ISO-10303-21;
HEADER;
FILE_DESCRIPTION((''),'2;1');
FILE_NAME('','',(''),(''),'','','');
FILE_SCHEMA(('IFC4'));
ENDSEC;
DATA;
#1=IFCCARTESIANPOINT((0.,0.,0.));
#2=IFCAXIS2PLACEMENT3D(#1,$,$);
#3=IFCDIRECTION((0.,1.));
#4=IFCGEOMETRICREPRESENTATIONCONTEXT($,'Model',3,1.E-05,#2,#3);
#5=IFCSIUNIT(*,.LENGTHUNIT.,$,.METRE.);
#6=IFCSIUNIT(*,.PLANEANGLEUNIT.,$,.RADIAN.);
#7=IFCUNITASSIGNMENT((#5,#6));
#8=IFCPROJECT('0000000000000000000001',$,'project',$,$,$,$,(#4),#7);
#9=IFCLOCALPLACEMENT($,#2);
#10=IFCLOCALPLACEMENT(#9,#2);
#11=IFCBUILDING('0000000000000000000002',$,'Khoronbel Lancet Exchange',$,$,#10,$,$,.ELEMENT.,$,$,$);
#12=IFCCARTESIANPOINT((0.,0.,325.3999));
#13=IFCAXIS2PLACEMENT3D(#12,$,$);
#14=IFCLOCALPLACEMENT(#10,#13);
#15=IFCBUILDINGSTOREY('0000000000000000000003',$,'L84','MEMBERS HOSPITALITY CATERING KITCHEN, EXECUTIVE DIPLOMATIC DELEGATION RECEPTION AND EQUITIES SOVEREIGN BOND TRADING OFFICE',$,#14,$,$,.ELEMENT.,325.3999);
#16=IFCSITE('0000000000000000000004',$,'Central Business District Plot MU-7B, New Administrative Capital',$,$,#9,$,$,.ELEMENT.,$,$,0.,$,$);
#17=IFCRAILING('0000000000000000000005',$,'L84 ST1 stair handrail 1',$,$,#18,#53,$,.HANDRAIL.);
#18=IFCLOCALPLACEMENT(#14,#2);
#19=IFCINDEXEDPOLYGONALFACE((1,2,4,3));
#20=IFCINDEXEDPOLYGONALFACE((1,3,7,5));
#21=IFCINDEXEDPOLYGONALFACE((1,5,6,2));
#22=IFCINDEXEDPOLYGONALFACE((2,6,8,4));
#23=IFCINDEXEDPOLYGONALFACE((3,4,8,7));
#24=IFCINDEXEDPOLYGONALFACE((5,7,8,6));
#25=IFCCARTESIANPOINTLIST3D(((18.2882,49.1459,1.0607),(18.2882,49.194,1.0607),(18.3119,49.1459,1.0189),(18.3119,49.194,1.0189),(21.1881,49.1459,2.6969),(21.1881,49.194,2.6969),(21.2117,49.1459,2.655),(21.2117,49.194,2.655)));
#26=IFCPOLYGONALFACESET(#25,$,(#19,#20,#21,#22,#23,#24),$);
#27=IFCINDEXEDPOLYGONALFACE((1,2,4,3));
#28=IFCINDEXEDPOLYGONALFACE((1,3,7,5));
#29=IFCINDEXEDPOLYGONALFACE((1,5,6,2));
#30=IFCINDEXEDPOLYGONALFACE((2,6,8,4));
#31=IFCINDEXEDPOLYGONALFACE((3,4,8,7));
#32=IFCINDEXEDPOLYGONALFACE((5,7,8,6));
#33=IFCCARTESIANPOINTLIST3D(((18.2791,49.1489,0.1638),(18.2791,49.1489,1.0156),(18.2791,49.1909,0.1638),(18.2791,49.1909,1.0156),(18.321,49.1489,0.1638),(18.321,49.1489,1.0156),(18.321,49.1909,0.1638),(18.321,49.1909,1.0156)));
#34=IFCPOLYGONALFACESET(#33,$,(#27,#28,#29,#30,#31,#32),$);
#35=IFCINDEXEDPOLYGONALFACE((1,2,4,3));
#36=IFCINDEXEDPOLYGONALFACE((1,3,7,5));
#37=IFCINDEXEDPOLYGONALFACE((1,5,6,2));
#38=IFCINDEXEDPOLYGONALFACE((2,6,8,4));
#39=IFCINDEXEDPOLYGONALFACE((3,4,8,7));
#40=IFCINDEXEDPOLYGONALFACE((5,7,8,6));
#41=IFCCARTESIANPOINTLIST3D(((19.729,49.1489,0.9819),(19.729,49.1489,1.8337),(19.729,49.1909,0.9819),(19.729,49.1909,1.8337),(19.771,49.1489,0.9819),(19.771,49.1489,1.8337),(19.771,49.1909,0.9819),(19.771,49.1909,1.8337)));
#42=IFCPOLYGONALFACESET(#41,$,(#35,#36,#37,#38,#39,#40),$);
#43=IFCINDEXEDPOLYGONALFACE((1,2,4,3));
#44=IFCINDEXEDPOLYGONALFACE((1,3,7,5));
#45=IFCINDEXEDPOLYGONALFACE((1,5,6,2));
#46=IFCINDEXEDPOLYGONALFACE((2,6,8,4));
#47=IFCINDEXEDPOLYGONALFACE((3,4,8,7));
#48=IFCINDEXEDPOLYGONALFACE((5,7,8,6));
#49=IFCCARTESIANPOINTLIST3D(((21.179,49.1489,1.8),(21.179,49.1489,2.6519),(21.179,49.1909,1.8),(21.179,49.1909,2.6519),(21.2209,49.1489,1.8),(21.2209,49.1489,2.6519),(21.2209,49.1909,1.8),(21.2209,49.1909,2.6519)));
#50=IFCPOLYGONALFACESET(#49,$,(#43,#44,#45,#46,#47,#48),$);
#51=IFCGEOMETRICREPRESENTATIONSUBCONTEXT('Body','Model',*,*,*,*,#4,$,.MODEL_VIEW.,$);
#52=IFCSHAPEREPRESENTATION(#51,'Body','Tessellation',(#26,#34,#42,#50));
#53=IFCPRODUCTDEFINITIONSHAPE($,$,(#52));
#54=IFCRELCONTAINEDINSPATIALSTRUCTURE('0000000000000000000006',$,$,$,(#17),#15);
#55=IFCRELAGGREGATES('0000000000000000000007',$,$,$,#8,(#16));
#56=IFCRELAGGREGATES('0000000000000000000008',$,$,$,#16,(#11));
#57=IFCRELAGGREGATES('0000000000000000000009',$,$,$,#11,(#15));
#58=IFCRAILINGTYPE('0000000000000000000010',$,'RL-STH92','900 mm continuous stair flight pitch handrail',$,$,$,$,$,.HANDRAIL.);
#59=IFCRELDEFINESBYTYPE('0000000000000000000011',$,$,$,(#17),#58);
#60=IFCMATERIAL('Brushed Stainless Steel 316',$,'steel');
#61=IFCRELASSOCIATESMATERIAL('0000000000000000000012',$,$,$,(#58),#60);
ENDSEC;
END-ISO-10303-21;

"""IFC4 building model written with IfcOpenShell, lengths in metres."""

from ifc_helpers import new_model, si_unit, direction, frame, origin, origin_2d, place, context, subcontext, project, spatial, rectangle, extrude, material, type_object, element, save


model = new_model("IFC4")

# Units and contexts
model_context = context("Model", 3, precision=1e-05, world=origin(), true_north=direction((0.0, 1.0)))
body_context = subcontext(model_context, "Body", "Model", "MODEL_VIEW")
ifc_project = project(units=[si_unit("LENGTHUNIT", "METRE"), si_unit("PLANEANGLEUNIT", "RADIAN")], contexts=[model_context])

# Site, building, storey
site_placement = place(None, origin())
site = spatial("IfcSite", under=ifc_project, at=site_placement, Name="Central Business District Plot MU-7B, New Administrative Capital", CompositionType="ELEMENT", RefElevation=0.0)
building_placement = place(site_placement, origin())
building = spatial("IfcBuilding", under=site, at=building_placement, Name="Khoronbel Lancet Exchange", CompositionType="ELEMENT")
storey_placement = place(building_placement, frame((0.0, 0.0, 325.3999)))
storey = spatial("IfcBuildingStorey", under=building, at=storey_placement, Name="L84", Description="MEMBERS HOSPITALITY CATERING KITCHEN, EXECUTIVE DIPLOMATIC DELEGATION RECEPTION AND EQUITIES SOVEREIGN BOND TRADING OFFICE", CompositionType="ELEMENT", Elevation=325.3999)

# Railing
ifc_material_1 = material(Name="Brushed Stainless Steel 316", Category="steel")
railing_type_1 = type_object("IfcRailingType", Name="RL-STH92", Description="900 mm continuous stair flight pitch handrail", PredefinedType="HANDRAIL", material=ifc_material_1)
railing_1_placement = place(storey_placement, frame((18.3, 49.1699, 0.1638)))
element("IfcRailing", 1, at=railing_1_placement, inside=storey, type_object=railing_type_1, Name="L84 ST1 stair handrail 1", PredefinedType="HANDRAIL", context=body_context, shape_type="SweptSolid", body=[
    extrude(rectangle(XDim=0.0481, YDim=0.0481, at=origin_2d()), frame((0.0, 0.0, 0.876), z_axis=(0.870929, 0.0, 0.49141), x_axis=(0.0, 1.0, 0.0)), (0.0, 0.0, 1.0), 3.3296),
    extrude(rectangle(XDim=0.042, YDim=0.042, at=origin_2d()), origin(), (0.0, 0.0, 1.0), 0.8518),
    extrude(rectangle(XDim=0.042, YDim=0.042, at=origin_2d()), frame((1.45, 0.0, 0.8181)), (0.0, 0.0, 1.0), 0.8518),
    extrude(rectangle(XDim=0.042, YDim=0.042, at=origin_2d()), frame((2.8999, 0.0, 1.6362)), (0.0, 0.0, 1.0), 0.8518),
])

save(model, "model.ifc")
